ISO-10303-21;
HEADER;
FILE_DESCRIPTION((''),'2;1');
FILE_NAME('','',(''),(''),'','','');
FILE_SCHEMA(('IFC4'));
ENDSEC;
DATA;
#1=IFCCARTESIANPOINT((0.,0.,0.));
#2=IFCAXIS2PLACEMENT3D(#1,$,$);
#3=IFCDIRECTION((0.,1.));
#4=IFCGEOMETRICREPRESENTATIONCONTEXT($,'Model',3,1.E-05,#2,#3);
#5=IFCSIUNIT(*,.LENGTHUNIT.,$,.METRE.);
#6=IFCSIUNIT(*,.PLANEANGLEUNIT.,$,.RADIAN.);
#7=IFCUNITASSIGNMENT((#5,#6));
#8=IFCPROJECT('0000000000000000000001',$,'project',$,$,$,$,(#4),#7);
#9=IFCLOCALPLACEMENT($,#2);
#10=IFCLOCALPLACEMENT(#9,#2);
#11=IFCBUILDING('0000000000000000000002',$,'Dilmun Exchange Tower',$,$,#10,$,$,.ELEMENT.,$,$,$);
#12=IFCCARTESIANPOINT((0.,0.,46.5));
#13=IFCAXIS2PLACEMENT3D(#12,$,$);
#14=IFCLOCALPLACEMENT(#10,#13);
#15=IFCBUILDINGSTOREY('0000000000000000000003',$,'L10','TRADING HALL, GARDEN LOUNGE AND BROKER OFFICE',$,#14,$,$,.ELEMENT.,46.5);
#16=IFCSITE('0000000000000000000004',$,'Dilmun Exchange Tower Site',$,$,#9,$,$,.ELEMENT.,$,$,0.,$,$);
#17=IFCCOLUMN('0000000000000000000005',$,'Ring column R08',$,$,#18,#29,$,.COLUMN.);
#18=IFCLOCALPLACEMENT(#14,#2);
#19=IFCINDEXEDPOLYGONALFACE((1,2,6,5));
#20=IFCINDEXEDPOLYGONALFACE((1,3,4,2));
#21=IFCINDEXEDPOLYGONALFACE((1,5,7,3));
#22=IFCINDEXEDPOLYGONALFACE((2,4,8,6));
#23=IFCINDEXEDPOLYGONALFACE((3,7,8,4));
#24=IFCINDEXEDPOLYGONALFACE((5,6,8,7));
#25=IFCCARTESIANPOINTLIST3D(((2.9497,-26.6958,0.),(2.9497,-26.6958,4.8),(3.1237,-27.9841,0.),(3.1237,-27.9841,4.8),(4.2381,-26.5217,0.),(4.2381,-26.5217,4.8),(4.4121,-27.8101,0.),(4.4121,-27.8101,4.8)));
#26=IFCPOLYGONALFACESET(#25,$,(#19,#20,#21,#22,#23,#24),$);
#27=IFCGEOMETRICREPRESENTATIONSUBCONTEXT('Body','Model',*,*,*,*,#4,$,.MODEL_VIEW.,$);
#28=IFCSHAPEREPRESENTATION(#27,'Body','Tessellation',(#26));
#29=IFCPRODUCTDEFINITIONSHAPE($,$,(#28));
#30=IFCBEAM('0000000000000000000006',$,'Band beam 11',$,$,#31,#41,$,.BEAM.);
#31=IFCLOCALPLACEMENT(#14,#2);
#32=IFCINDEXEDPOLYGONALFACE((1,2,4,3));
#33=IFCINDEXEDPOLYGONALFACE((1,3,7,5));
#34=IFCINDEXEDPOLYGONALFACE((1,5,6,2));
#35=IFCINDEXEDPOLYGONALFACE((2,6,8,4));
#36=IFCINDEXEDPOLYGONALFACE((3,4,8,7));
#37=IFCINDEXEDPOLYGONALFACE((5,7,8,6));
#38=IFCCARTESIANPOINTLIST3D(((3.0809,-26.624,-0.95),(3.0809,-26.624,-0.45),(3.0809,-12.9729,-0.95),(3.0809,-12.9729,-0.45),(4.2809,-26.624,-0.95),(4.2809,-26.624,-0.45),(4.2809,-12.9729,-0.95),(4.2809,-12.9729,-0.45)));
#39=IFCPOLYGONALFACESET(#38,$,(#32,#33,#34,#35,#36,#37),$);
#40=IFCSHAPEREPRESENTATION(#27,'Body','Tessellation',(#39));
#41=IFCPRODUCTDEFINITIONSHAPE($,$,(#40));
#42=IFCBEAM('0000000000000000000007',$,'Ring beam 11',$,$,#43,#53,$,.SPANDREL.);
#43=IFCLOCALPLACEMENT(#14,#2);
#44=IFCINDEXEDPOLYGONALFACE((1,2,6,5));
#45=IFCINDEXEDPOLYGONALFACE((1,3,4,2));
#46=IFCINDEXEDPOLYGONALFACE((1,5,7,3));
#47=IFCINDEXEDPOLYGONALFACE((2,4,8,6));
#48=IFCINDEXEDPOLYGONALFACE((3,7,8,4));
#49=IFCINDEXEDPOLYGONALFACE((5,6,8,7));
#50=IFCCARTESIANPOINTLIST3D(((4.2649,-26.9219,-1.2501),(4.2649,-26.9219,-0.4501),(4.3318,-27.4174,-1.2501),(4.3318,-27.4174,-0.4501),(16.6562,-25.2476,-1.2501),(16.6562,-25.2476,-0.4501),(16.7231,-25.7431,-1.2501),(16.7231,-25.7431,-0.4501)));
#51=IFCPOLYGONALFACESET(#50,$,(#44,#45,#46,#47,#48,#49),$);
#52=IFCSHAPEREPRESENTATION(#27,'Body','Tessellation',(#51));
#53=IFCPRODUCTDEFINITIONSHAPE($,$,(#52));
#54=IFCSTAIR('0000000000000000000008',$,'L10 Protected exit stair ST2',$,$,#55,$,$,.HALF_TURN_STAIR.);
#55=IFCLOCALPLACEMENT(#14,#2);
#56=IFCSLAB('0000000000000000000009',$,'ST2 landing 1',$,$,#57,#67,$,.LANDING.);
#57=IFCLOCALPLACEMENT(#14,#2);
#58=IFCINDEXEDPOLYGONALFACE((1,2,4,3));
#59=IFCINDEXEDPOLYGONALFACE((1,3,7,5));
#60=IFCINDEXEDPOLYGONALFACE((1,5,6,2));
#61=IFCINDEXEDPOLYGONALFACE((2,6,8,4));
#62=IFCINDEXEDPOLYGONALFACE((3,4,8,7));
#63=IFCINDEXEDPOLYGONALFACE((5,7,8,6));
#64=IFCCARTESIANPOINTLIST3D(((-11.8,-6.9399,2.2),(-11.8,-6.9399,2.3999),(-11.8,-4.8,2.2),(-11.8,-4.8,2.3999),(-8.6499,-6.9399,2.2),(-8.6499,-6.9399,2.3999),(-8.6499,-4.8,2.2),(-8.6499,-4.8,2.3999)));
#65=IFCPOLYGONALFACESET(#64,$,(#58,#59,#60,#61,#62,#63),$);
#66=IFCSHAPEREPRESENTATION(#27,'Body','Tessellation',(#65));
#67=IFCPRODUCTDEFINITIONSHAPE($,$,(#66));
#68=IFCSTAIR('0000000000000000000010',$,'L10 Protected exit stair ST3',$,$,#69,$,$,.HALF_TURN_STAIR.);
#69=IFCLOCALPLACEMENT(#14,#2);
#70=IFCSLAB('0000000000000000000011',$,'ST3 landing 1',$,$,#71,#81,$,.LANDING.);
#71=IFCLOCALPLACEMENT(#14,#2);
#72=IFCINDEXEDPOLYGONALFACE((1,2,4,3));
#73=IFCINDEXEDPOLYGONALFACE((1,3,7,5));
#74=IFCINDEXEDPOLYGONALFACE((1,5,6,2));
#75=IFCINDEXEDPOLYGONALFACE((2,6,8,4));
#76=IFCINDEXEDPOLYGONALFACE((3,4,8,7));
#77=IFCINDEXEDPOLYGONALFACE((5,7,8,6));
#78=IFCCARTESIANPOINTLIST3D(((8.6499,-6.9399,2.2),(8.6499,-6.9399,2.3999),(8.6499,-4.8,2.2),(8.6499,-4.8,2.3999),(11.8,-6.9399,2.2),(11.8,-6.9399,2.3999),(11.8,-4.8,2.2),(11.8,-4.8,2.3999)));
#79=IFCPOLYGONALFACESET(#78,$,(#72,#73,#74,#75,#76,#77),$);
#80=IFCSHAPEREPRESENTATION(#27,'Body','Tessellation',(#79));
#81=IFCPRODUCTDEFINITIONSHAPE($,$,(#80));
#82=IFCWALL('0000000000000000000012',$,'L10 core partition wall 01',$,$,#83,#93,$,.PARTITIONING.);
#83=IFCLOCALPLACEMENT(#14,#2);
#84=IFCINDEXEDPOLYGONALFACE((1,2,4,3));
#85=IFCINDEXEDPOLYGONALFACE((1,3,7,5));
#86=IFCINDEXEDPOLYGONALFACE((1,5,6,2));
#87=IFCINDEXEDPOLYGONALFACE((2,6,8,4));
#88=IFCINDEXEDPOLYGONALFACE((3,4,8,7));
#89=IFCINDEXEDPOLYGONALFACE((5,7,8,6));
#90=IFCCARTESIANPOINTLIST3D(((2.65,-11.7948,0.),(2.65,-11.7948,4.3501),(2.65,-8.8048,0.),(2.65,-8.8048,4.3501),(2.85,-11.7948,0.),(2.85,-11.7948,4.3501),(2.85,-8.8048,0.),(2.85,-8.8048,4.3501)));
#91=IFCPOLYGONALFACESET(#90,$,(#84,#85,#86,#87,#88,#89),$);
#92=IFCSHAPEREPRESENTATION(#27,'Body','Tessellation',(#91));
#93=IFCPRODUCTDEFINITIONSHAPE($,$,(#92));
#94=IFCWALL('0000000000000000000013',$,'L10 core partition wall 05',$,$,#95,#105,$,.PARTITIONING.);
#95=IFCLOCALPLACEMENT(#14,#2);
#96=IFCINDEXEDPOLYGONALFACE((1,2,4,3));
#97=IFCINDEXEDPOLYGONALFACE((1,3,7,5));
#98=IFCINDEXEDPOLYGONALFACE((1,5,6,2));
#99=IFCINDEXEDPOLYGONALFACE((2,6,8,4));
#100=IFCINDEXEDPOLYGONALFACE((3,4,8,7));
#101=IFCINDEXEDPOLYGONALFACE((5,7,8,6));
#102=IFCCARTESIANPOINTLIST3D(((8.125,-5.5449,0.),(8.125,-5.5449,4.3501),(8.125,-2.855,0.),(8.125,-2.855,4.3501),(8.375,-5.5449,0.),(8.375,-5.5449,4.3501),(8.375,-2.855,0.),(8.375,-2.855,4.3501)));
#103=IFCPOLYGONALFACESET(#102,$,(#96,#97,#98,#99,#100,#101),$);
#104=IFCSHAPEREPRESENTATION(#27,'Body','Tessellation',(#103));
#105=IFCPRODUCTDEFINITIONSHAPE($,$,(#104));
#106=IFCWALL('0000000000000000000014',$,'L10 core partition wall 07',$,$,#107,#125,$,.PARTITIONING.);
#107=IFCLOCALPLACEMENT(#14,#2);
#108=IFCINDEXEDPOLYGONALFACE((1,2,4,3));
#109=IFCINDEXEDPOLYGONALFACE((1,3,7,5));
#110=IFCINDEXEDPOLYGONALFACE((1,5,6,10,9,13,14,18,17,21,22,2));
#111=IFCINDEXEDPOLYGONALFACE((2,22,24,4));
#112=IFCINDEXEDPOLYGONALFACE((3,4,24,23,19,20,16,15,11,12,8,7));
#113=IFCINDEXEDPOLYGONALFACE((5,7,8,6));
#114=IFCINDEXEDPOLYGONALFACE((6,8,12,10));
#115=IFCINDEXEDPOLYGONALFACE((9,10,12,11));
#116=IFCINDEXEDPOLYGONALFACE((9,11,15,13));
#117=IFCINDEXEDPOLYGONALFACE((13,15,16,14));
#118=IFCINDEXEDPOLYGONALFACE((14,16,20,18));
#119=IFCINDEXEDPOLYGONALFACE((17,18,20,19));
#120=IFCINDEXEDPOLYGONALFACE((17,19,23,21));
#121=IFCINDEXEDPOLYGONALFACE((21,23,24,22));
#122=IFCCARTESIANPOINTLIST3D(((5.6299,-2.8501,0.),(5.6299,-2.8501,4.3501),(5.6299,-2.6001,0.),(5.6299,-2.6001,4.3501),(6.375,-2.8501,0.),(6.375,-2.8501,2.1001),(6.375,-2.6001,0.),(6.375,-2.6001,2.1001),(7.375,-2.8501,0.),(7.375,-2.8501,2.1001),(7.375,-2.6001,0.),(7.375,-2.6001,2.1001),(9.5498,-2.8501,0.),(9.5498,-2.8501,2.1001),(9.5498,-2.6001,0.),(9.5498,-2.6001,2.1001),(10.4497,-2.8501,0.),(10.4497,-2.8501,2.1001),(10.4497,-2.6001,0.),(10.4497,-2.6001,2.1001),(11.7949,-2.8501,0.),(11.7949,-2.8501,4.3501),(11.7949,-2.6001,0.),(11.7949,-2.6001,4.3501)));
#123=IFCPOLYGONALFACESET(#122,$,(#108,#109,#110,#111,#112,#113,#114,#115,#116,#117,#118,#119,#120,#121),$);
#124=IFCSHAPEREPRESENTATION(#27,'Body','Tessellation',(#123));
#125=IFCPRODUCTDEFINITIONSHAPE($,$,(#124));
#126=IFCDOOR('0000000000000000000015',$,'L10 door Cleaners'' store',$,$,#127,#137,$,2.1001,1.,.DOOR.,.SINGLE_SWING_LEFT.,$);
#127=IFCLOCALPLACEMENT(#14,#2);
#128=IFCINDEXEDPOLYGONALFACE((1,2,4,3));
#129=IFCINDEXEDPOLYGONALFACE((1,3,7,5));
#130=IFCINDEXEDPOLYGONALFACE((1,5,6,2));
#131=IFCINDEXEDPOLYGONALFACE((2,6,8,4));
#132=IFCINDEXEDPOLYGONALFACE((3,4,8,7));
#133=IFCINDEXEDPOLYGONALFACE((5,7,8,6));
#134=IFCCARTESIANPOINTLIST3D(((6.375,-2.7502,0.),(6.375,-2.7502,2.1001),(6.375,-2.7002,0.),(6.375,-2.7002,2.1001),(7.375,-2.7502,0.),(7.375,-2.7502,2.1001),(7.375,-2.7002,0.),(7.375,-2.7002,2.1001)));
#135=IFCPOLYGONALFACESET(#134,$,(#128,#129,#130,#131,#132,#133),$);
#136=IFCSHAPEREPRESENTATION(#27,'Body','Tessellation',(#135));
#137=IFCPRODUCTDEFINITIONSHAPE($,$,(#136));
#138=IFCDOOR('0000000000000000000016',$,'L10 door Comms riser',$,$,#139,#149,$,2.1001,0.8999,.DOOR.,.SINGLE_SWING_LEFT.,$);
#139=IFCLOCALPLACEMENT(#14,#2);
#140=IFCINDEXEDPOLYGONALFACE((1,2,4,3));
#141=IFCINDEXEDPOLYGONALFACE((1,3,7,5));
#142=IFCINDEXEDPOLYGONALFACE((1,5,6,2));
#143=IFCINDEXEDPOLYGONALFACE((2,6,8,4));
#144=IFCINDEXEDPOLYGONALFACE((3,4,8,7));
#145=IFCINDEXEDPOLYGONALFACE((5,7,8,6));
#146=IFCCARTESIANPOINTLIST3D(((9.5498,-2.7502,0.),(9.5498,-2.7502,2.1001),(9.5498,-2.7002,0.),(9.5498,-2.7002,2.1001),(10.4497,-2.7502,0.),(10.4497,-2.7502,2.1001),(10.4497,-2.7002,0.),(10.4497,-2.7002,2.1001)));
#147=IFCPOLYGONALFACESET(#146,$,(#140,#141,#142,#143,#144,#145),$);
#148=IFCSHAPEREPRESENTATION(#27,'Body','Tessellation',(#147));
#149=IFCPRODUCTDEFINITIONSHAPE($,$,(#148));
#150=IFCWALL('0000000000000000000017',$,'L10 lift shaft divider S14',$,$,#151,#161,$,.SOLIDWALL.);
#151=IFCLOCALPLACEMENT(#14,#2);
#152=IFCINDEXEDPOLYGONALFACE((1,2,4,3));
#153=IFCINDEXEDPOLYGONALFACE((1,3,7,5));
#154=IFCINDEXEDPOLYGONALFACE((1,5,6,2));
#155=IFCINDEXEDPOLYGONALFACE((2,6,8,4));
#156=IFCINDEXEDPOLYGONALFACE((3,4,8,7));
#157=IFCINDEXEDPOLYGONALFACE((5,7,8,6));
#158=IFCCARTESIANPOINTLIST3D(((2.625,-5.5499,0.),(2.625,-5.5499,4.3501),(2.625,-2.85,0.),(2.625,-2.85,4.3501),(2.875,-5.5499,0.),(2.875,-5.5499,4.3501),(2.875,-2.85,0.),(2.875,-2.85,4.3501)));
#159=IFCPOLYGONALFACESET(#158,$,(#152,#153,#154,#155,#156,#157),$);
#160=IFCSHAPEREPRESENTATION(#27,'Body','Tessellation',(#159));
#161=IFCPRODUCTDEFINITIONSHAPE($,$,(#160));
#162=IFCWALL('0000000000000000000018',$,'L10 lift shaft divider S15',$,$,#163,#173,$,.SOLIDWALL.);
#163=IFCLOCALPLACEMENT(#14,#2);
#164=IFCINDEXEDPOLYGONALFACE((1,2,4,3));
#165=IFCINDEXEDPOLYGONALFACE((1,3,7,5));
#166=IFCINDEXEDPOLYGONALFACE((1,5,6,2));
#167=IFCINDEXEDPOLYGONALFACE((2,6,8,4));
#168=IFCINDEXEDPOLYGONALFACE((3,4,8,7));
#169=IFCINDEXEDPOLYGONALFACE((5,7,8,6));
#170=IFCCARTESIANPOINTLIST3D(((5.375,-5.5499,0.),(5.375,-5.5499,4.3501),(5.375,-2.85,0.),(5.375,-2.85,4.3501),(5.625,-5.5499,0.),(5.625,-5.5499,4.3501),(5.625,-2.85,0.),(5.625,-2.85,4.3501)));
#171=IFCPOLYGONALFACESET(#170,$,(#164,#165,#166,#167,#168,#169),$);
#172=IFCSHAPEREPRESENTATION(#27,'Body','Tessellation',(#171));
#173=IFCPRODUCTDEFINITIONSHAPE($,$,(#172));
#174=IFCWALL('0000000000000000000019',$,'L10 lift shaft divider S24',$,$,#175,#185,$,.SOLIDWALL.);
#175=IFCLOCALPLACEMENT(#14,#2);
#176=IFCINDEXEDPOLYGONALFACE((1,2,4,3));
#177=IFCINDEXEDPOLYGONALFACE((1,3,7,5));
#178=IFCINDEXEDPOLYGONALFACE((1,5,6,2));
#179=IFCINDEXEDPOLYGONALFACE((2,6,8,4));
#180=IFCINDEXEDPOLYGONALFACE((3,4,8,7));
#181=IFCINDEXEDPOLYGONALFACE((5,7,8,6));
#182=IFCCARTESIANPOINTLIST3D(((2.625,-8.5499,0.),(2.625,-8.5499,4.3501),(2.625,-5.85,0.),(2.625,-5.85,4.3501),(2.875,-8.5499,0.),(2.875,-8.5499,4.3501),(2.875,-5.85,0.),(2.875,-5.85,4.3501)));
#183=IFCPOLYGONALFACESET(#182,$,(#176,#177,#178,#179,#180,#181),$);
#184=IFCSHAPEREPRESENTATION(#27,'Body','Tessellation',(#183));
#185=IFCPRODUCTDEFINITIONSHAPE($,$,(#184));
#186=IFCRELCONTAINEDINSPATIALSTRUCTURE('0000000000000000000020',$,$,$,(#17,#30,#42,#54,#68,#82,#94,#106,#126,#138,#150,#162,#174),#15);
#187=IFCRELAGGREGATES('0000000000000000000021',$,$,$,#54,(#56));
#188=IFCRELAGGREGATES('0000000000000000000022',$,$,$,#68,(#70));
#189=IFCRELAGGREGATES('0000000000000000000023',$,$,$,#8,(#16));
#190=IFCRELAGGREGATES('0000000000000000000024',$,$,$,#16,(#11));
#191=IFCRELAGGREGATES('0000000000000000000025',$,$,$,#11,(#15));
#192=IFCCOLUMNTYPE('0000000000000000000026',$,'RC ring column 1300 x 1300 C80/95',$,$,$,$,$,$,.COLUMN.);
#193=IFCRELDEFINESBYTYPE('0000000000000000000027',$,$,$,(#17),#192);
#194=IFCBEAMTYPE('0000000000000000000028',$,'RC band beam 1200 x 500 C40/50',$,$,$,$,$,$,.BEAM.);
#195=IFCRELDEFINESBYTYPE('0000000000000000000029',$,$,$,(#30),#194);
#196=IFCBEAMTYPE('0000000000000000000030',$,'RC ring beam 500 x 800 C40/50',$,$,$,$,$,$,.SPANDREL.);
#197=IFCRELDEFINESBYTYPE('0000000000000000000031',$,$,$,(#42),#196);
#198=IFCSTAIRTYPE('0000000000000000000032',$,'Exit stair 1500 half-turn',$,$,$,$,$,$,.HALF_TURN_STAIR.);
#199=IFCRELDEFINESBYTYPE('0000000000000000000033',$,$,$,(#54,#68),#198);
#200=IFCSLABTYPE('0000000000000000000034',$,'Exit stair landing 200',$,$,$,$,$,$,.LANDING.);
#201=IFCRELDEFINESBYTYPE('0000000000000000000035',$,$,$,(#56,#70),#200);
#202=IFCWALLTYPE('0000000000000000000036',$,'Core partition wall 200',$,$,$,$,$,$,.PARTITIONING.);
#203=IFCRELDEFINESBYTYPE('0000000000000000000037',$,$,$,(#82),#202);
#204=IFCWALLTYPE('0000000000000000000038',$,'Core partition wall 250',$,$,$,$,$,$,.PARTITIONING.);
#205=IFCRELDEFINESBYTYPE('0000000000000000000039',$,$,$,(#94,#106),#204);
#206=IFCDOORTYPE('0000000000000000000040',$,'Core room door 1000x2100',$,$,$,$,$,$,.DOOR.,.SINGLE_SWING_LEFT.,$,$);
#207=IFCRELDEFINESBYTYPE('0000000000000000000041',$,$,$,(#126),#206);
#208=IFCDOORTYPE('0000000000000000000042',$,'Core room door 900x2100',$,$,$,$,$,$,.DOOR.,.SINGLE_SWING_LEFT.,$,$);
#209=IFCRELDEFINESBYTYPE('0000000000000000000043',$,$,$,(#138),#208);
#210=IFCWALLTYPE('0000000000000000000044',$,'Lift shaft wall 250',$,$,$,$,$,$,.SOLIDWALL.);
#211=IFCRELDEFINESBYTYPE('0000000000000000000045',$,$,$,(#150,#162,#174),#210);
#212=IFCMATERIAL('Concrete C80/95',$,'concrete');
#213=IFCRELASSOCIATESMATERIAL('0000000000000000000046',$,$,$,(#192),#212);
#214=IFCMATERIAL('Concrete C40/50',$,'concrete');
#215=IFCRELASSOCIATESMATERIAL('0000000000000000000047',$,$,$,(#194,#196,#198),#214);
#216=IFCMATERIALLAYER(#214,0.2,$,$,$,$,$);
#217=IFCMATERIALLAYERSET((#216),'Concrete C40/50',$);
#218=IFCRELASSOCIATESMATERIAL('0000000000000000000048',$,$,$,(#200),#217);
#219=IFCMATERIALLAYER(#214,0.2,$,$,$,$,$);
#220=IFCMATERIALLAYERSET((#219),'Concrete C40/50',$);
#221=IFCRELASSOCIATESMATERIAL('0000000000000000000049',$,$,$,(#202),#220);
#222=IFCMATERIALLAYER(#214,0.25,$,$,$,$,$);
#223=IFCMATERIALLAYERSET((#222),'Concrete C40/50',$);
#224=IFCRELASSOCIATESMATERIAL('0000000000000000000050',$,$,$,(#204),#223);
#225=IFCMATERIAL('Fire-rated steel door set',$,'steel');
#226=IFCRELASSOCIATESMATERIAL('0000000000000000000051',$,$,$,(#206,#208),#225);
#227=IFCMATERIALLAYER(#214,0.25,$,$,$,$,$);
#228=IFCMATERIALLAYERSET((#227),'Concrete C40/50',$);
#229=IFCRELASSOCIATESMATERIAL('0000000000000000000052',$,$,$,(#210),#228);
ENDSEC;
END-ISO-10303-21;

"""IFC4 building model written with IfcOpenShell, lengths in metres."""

from ifc_helpers import new_model, si_unit, direction, frame, frame_2d, origin, origin_2d, place, context, subcontext, project, spatial, polyline, rectangle, outline, extrude, material, layer, layer_set, material_profile, profile_set, type_object, element, fill, aggregate, save


model = new_model("IFC4")

# Units and contexts
model_context = context("Model", 3, precision=1e-05, world=origin(), true_north=direction((0.0, 1.0)))
body_context = subcontext(model_context, "Body", "Model", "MODEL_VIEW")
ifc_project = project(units=[si_unit("LENGTHUNIT", "METRE"), si_unit("PLANEANGLEUNIT", "RADIAN")], contexts=[model_context])

# Site, building, storey
site_placement = place(None, origin())
site = spatial("IfcSite", under=ifc_project, at=site_placement, Name="Dilmun Exchange Tower Site", CompositionType="ELEMENT", RefElevation=0.0)
building_placement = place(site_placement, origin())
building = spatial("IfcBuilding", under=site, at=building_placement, Name="Dilmun Exchange Tower", CompositionType="ELEMENT")
storey_placement = place(building_placement, frame((0.0, 0.0, 46.5)))
storey = spatial("IfcBuildingStorey", under=building, at=storey_placement, Name="L10", Description="TRADING HALL, GARDEN LOUNGE AND BROKER OFFICE", CompositionType="ELEMENT", Elevation=46.5)

# Column
ifc_material_1 = material(Name="Concrete C80/95", Category="concrete")
ifc_material_profile_1 = material_profile(ifc_material_1, rectangle(XDim=1.3, YDim=1.3, at=origin_2d()), Name="1300 x 1300")
ifc_profile_set_1 = profile_set([ifc_material_profile_1], Name="Concrete C80/95")
column_type = type_object("IfcColumnType", Name="RC ring column 1300 x 1300 C80/95", PredefinedType="COLUMN", material=ifc_profile_set_1)
column_placement = place(storey_placement, frame((3.6809, -27.2529, 0.0), z_axis=(0.0, 0.0, 1.0), x_axis=(0.991001, 0.133853, 0.0)))
element("IfcColumn", 1, at=column_placement, inside=storey, type_object=column_type, Name="Ring column R08", PredefinedType="COLUMN", context=body_context, shape_type="SweptSolid", body=[
    extrude(rectangle(XDim=1.3, YDim=1.3, at=origin_2d()), origin(), (0.0, 0.0, 1.0), 4.8),
])

# Beams
ifc_material_2 = material(Name="Concrete C40/50", Category="concrete")
ifc_material_profile_2 = material_profile(ifc_material_2, rectangle(XDim=1.2, YDim=0.5, at=origin_2d()), Name="1200 x 500")
ifc_profile_set_2 = profile_set([ifc_material_profile_2], Name="Concrete C40/50")
beam_type_1 = type_object("IfcBeamType", Name="RC band beam 1200 x 500 C40/50", PredefinedType="BEAM", material=ifc_profile_set_2)
beam_1_placement = place(storey_placement, frame((3.6809, -26.624, -0.7), z_axis=(0.0, 1.0, 0.0), x_axis=(-1.0, 0.0, 0.0)))
element("IfcBeam", 2, at=beam_1_placement, inside=storey, type_object=beam_type_1, Name="Band beam 11", PredefinedType="BEAM", context=body_context, shape_type="SweptSolid", body=[
    extrude(rectangle(XDim=1.2, YDim=0.5, at=origin_2d()), origin(), (0.0, 0.0, 1.0), 13.6511),
])
ifc_material_profile_3 = material_profile(ifc_material_2, rectangle(XDim=0.5, YDim=0.8, at=origin_2d()), Name="500 x 800")
ifc_profile_set_3 = profile_set([ifc_material_profile_3], Name="Concrete C40/50")
beam_type_2 = type_object("IfcBeamType", Name="RC ring beam 500 x 800 C40/50", PredefinedType="SPANDREL", material=ifc_profile_set_3)
beam_2_placement = place(storey_placement, frame((4.2983, -27.1697, -0.8501), z_axis=(0.990994, 0.133903, 0.0), x_axis=(-0.133903, 0.990994, 0.0)))
element("IfcBeam", 3, at=beam_2_placement, inside=storey, type_object=beam_type_2, Name="Ring beam 11", PredefinedType="SPANDREL", context=body_context, shape_type="SweptSolid", body=[
    extrude(rectangle(XDim=0.5, YDim=0.8, at=origin_2d()), origin(), (0.0, 0.0, 1.0), 12.5039),
])

# Stairs, slabs
stair_type = type_object("IfcStairType", Name="Exit stair 1500 half-turn", PredefinedType="HALF_TURN_STAIR", material=ifc_material_2)
stair_1_placement = place(storey_placement, origin())
stair_1 = element("IfcStair", 4, at=stair_1_placement, inside=storey, type_object=stair_type, Name="L10 Protected exit stair ST2", PredefinedType="HALF_TURN_STAIR")
ifc_layer_1 = layer(ifc_material_2, 0.2)
ifc_layer_set_1 = layer_set([ifc_layer_1], Name="Concrete C40/50")
slab_type = type_object("IfcSlabType", Name="Exit stair landing 200", PredefinedType="LANDING", material=ifc_layer_set_1)
slab_1_placement = place(storey_placement, frame((0.0, 0.0, 2.2)))
slab_1 = element("IfcSlab", 5, at=slab_1_placement, type_object=slab_type, Name="ST2 landing 1", PredefinedType="LANDING", context=body_context, shape_type="SweptSolid", body=[
    extrude(outline(polyline([(-8.6499, -6.9399), (-8.6499, -4.8), (-11.8, -4.8), (-11.8, -6.9399), (-8.6499, -6.9399)])), origin(), (0.0, 0.0, 1.0), 0.2),
])
aggregate(stair_1, [slab_1])
stair_2_placement = place(storey_placement, origin())
stair_2 = element("IfcStair", 6, at=stair_2_placement, inside=storey, type_object=stair_type, Name="L10 Protected exit stair ST3", PredefinedType="HALF_TURN_STAIR")
slab_2_placement = place(storey_placement, frame((0.0, 0.0, 2.2)))
slab_2 = element("IfcSlab", 7, at=slab_2_placement, type_object=slab_type, Name="ST3 landing 1", PredefinedType="LANDING", context=body_context, shape_type="SweptSolid", body=[
    extrude(outline(polyline([(11.8, -6.9399), (11.8, -4.8), (8.6499, -4.8), (8.6499, -6.9399), (11.8, -6.9399)])), origin(), (0.0, 0.0, 1.0), 0.2),
])
aggregate(stair_2, [slab_2])

# Walls
ifc_layer_2 = layer(ifc_material_2, 0.2)
ifc_layer_set_2 = layer_set([ifc_layer_2], Name="Concrete C40/50")
wall_type_1 = type_object("IfcWallType", Name="Core partition wall 200", PredefinedType="PARTITIONING", material=ifc_layer_set_2)
wall_1_placement = place(storey_placement, frame((2.75, -11.7949, 0.0), z_axis=(0.0, 0.0, 1.0), x_axis=(0.0, 1.0, 0.0)))
element("IfcWall", 8, at=wall_1_placement, inside=storey, type_object=wall_type_1, Name="L10 core partition wall 01", PredefinedType="PARTITIONING", context=body_context, shape_type="SweptSolid", body=[
    extrude(rectangle(XDim=2.99, YDim=0.2, at=frame_2d((1.4951, 0.0))), origin(), (0.0, 0.0, 1.0), 4.3501),
])
ifc_layer_3 = layer(ifc_material_2, 0.25)
ifc_layer_set_3 = layer_set([ifc_layer_3], Name="Concrete C40/50")
wall_type_2 = type_object("IfcWallType", Name="Core partition wall 250", PredefinedType="PARTITIONING", material=ifc_layer_set_3)
wall_2_placement = place(storey_placement, frame((8.25, -5.5449, 0.0), z_axis=(0.0, 0.0, 1.0), x_axis=(0.0, 1.0, 0.0)))
element("IfcWall", 9, at=wall_2_placement, inside=storey, type_object=wall_type_2, Name="L10 core partition wall 05", PredefinedType="PARTITIONING", context=body_context, shape_type="SweptSolid", body=[
    extrude(rectangle(XDim=2.6899, YDim=0.25, at=frame_2d((1.345, 0.0))), origin(), (0.0, 0.0, 1.0), 4.3501),
])

# Wall, openings, doors
wall_3_placement = place(storey_placement, frame((5.6299, -2.7251, 0.0), z_axis=(0.0, 0.0, 1.0), x_axis=(1.0, 0.0, 0.0)))
wall_3 = element("IfcWall", 10, at=wall_3_placement, inside=storey, type_object=wall_type_2, Name="L10 core partition wall 07", PredefinedType="PARTITIONING", context=body_context, shape_type="SweptSolid", body=[
    extrude(rectangle(XDim=6.165, YDim=0.25, at=frame_2d((3.0825, 0.0))), origin(), (0.0, 0.0, 1.0), 4.3501),
])
opening_1_placement = place(wall_3_placement, frame((0.7451, 0.0, 0.0)))
opening_1 = element("IfcOpeningElement", 11, at=opening_1_placement, cuts=wall_3, PredefinedType="OPENING", context=body_context, shape_type="SweptSolid", body=[
    extrude(rectangle(XDim=1.0, YDim=2.1001, at=frame_2d((0.5, 1.05))), frame((0.0, 0.135, 0.0), z_axis=(0.0, -1.0, 0.0), x_axis=(1.0, 0.0, 0.0)), (0.0, 0.0, 1.0), 0.27),
])
opening_2_placement = place(wall_3_placement, frame((3.9199, 0.0, 0.0)))
opening_2 = element("IfcOpeningElement", 12, at=opening_2_placement, cuts=wall_3, PredefinedType="OPENING", context=body_context, shape_type="SweptSolid", body=[
    extrude(rectangle(XDim=0.8999, YDim=2.1001, at=frame_2d((0.45, 1.05))), frame((0.0, 0.135, 0.0), z_axis=(0.0, -1.0, 0.0), x_axis=(1.0, 0.0, 0.0)), (0.0, 0.0, 1.0), 0.27),
])
ifc_material_3 = material(Name="Fire-rated steel door set", Category="steel")
door_type_1 = type_object("IfcDoorType", Name="Core room door 1000x2100", OperationType="SINGLE_SWING_LEFT", PredefinedType="DOOR", material=ifc_material_3)
door_1_placement = place(opening_1_placement, origin())
door_1 = element("IfcDoor", 13, at=door_1_placement, inside=storey, type_object=door_type_1, Name="L10 door Cleaners' store", OperationType="SINGLE_SWING_LEFT", OverallHeight=2.1001, OverallWidth=1.0, PredefinedType="DOOR", context=body_context, shape_type="SweptSolid", body=[
    extrude(rectangle(XDim=1.0, YDim=2.1001, at=frame_2d((0.5, 1.05))), frame((0.0, 0.0249, 0.0), z_axis=(0.0, -1.0, 0.0), x_axis=(1.0, 0.0, 0.0)), (0.0, 0.0, 1.0), 0.05),
])
fill(opening_1, door_1)
door_type_2 = type_object("IfcDoorType", Name="Core room door 900x2100", OperationType="SINGLE_SWING_LEFT", PredefinedType="DOOR", material=ifc_material_3)
door_2_placement = place(opening_2_placement, origin())
door_2 = element("IfcDoor", 14, at=door_2_placement, inside=storey, type_object=door_type_2, Name="L10 door Comms riser", OperationType="SINGLE_SWING_LEFT", OverallHeight=2.1001, OverallWidth=0.8999, PredefinedType="DOOR", context=body_context, shape_type="SweptSolid", body=[
    extrude(rectangle(XDim=0.8999, YDim=2.1001, at=frame_2d((0.45, 1.05))), frame((0.0, 0.0249, 0.0), z_axis=(0.0, -1.0, 0.0), x_axis=(1.0, 0.0, 0.0)), (0.0, 0.0, 1.0), 0.05),
])
fill(opening_2, door_2)

# Walls
ifc_layer_4 = layer(ifc_material_2, 0.25)
ifc_layer_set_4 = layer_set([ifc_layer_4], Name="Concrete C40/50")
wall_type_3 = type_object("IfcWallType", Name="Lift shaft wall 250", PredefinedType="SOLIDWALL", material=ifc_layer_set_4)
for number, where, z_axis, x_axis, name in (
    (15, (2.75, -5.55, 0.0), (0.0, 0.0, 1.0), (0.0, 1.0, 0.0), "L10 lift shaft divider S14"),
    (16, (5.5, -5.55, 0.0), (0.0, 0.0, 1.0), (0.0, 1.0, 0.0), "L10 lift shaft divider S15"),
    (17, (2.75, -8.55, 0.0), (0.0, 0.0, 1.0), (0.0, 1.0, 0.0), "L10 lift shaft divider S24"),
):
    element("IfcWall", number, at=place(storey_placement, frame(where, z_axis=z_axis, x_axis=x_axis)), inside=storey, type_object=wall_type_3, Name=name, PredefinedType="SOLIDWALL", context=body_context, shape_type="SweptSolid", body=[
        extrude(rectangle(XDim=2.7, YDim=0.25, at=frame_2d((1.3501, 0.0))), origin(), (0.0, 0.0, 1.0), 4.3501),
    ])

save(model, "model.ifc")
